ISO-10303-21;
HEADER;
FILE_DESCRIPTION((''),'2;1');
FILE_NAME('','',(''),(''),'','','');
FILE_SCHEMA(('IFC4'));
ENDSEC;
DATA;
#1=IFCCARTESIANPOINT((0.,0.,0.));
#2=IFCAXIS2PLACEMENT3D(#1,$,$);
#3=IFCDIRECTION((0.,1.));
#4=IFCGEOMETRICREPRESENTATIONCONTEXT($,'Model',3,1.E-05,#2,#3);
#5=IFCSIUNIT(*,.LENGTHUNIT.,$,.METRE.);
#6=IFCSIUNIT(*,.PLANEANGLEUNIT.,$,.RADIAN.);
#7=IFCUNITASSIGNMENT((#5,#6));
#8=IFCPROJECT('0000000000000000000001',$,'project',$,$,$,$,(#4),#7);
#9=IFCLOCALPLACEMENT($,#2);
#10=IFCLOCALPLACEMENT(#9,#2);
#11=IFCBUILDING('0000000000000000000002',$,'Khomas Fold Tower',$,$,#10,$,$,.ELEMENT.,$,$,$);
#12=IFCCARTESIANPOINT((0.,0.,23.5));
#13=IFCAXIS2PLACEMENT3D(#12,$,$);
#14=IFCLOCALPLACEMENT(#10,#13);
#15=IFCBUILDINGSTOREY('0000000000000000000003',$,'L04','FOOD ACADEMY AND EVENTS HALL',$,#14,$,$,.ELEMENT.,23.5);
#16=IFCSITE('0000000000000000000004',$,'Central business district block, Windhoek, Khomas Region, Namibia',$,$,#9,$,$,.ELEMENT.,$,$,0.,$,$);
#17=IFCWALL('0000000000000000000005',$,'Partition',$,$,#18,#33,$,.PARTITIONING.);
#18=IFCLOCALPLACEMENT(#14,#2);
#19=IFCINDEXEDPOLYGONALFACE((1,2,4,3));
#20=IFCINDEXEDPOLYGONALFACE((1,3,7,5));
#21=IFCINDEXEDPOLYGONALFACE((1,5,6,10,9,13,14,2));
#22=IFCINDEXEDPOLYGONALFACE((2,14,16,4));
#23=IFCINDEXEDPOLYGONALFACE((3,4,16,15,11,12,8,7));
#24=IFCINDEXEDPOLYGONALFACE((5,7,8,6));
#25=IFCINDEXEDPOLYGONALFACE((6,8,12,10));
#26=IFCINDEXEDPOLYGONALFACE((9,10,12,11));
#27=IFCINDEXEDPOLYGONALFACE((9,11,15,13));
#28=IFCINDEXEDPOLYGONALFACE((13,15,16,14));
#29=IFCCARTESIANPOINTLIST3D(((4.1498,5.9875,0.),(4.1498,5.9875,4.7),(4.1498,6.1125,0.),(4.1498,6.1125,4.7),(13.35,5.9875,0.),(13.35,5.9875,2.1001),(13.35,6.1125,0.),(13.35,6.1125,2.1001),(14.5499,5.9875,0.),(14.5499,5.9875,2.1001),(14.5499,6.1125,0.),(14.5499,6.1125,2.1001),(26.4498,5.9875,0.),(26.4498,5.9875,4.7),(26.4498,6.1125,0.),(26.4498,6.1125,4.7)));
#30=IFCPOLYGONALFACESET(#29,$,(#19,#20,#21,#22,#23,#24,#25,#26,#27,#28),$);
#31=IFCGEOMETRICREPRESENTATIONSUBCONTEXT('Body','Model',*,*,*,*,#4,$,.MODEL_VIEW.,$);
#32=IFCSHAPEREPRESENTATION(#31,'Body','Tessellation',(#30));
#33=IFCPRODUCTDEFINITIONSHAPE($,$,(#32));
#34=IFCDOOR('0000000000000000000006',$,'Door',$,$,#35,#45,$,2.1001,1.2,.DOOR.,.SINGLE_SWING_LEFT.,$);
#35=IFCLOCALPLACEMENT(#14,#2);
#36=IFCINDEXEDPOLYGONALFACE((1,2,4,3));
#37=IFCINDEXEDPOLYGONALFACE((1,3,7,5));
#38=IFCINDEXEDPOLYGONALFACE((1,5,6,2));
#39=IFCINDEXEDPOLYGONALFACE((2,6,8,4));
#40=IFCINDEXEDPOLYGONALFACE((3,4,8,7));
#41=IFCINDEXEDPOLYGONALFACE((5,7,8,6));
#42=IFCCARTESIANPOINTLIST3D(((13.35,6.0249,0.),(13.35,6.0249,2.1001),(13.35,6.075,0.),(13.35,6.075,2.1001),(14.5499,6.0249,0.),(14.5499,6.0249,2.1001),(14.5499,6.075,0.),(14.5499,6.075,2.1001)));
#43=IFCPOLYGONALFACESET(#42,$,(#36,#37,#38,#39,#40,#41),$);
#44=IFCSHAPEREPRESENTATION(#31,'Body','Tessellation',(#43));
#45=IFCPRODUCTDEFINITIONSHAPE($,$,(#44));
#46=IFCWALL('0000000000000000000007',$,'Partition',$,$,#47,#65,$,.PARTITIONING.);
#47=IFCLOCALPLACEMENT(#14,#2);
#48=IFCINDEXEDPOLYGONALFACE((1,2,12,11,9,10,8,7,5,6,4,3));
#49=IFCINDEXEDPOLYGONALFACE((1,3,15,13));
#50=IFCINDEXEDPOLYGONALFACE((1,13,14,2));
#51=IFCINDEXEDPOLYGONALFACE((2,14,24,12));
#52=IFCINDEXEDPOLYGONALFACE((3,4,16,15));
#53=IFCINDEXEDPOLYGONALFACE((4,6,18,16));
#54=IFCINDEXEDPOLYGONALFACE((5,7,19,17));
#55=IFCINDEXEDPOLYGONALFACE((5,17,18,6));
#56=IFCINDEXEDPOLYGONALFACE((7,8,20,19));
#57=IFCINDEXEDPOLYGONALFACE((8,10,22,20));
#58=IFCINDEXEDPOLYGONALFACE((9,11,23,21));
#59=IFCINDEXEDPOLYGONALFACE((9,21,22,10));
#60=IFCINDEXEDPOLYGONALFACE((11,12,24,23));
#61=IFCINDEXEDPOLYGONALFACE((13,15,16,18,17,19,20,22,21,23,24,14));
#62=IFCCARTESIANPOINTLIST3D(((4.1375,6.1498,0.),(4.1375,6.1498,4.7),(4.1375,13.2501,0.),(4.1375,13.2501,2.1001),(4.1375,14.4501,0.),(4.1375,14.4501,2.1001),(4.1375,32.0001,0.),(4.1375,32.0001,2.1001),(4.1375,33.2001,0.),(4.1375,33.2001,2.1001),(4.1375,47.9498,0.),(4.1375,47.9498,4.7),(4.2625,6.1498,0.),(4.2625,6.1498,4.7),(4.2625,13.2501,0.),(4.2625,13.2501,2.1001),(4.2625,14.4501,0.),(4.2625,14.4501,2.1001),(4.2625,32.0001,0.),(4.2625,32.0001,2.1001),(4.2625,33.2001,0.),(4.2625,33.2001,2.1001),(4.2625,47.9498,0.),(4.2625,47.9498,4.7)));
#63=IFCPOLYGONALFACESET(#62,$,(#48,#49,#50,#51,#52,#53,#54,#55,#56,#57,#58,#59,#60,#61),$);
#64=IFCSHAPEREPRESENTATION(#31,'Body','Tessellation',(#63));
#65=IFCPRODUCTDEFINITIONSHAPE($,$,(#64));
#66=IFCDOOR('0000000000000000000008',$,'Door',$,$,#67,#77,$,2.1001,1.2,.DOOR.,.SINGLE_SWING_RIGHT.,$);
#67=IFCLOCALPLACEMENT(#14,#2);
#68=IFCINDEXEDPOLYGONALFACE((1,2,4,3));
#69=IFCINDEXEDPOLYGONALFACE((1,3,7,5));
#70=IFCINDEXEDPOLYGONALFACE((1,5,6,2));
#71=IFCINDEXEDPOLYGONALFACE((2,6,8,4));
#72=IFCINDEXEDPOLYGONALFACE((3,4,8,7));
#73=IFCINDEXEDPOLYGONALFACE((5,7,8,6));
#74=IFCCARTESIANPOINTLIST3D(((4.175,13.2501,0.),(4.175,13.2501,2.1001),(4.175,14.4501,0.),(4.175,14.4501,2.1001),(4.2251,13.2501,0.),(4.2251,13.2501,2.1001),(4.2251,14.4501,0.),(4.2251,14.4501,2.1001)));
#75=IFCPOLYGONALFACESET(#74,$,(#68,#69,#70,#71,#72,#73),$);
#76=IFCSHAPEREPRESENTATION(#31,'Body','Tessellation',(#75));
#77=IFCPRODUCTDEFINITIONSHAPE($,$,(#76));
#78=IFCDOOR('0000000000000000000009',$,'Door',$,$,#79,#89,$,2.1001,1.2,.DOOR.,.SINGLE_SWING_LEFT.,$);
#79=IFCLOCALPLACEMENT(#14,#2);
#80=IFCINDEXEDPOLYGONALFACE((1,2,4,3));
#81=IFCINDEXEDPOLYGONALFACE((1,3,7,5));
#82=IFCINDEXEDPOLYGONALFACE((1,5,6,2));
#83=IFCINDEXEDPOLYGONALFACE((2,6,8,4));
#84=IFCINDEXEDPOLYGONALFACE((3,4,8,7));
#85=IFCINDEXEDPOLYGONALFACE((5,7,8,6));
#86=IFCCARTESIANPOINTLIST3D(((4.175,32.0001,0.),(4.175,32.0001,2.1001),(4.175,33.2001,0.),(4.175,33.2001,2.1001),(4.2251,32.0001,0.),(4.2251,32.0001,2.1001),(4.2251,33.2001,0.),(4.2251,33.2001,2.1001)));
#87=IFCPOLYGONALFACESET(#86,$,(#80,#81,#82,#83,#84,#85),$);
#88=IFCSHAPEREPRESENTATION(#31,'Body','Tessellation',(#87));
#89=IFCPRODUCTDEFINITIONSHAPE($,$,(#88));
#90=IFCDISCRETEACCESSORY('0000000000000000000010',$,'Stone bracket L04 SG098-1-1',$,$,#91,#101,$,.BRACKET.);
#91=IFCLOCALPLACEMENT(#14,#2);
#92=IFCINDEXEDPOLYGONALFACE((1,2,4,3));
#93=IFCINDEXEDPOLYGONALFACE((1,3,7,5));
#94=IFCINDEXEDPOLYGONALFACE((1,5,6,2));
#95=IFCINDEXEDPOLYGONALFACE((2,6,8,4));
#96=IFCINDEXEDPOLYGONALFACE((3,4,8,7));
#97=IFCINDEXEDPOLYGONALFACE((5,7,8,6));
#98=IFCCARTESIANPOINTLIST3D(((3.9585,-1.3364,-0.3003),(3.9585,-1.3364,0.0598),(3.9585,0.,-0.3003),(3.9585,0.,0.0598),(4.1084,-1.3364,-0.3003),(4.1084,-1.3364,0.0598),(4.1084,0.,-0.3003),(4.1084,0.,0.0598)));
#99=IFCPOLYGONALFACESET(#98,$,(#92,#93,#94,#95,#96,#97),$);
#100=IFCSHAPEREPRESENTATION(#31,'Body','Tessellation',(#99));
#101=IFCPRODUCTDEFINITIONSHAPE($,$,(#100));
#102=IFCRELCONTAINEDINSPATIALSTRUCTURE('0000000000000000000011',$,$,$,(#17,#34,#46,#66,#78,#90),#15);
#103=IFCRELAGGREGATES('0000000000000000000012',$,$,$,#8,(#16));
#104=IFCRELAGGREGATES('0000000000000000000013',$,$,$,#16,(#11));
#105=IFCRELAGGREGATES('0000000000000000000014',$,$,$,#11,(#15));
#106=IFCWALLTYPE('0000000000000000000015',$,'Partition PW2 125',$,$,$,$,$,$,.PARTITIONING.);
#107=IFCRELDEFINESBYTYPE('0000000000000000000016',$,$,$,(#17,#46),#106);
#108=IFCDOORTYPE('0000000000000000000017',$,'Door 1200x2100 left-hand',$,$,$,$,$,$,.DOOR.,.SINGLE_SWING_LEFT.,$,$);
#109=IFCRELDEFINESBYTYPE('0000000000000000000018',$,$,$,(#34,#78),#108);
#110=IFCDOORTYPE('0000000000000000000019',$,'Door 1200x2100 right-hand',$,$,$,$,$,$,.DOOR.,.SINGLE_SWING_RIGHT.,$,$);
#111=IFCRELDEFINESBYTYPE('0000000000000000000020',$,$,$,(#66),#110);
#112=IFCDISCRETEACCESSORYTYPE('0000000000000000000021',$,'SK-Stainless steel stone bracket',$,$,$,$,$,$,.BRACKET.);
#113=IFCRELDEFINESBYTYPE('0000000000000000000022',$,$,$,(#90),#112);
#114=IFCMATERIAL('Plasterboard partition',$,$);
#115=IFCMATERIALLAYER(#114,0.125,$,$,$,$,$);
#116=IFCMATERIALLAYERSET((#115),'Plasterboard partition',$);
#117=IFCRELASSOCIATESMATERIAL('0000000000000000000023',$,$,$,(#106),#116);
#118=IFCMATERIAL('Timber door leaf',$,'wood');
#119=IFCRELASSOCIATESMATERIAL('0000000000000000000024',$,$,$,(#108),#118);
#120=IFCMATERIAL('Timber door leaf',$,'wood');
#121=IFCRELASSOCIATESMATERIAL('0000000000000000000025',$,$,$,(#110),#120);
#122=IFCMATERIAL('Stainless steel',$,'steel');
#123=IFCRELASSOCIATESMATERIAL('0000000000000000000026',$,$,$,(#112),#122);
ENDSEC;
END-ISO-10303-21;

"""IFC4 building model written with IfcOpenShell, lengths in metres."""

from ifc_helpers import new_model, si_unit, direction, frame, frame_2d, origin, origin_2d, place, context, subcontext, project, spatial, rectangle, extrude, source, transform, mapped, material, layer, layer_set, type_object, element, fill, save


model = new_model("IFC4")

# Units and contexts
model_context = context("Model", 3, precision=1e-05, world=origin(), true_north=direction((0.0, 1.0)))
body_context = subcontext(model_context, "Body", "Model", "MODEL_VIEW")
ifc_project = project(units=[si_unit("LENGTHUNIT", "METRE"), si_unit("PLANEANGLEUNIT", "RADIAN")], contexts=[model_context])

# Site, building, storey
site_placement = place(None, origin())
site = spatial("IfcSite", under=ifc_project, at=site_placement, Name="Central business district block, Windhoek, Khomas Region, Namibia", CompositionType="ELEMENT", RefElevation=0.0)
building_placement = place(site_placement, origin())
building = spatial("IfcBuilding", under=site, at=building_placement, Name="Khomas Fold Tower", CompositionType="ELEMENT")
storey_placement = place(building_placement, frame((0.0, 0.0, 23.5)))
storey = spatial("IfcBuildingStorey", under=building, at=storey_placement, Name="L04", Description="FOOD ACADEMY AND EVENTS HALL", CompositionType="ELEMENT", Elevation=23.5)

# Wall, opening, door
ifc_material_1 = material(Name="Plasterboard partition")
ifc_layer_1 = layer(ifc_material_1, 0.125)
ifc_layer_set_1 = layer_set([ifc_layer_1], Name="Plasterboard partition")
wall_type_1 = type_object("IfcWallType", Name="Partition PW2 125", PredefinedType="PARTITIONING", material=ifc_layer_set_1)
shared_shape_1 = source(origin(), body_context, "Body", "SweptSolid", [
    extrude(rectangle(XDim=22.3, YDim=0.125, at=frame_2d((11.1499, 0.0))), origin(), (0.0, 0.0, 1.0), 4.7),
])
wall_1_placement = place(storey_placement, frame((4.1499, 6.05, 0.0), z_axis=(0.0, 0.0, 1.0), x_axis=(1.0, 0.0, 0.0)))
wall_1 = element("IfcWall", 1, at=wall_1_placement, inside=storey, type_object=wall_type_1, Name="Partition", PredefinedType="PARTITIONING", context=body_context, shape_type="MappedRepresentation", body=[
    mapped(shared_shape_1, transform((0.0, 0.0, 0.0))),
])
shared_shape_2 = source(origin(), body_context, "Body", "SweptSolid", [
    extrude(rectangle(XDim=1.2, YDim=2.1001, at=frame_2d((0.6001, 1.05))), frame((0.0, 0.0725, 0.0), z_axis=(0.0, -1.0, 0.0), x_axis=(1.0, 0.0, 0.0)), (0.0, 0.0, 1.0), 0.145),
])
opening_1_placement = place(wall_1_placement, frame((9.2, 0.0, 0.0)))
opening_1 = element("IfcOpeningElement", 2, at=opening_1_placement, cuts=wall_1, PredefinedType="OPENING", context=body_context, shape_type="MappedRepresentation", body=[
    mapped(shared_shape_2, transform((0.0, 0.0, 0.0))),
])
ifc_material_2 = material(Name="Timber door leaf", Category="wood")
door_type_1 = type_object("IfcDoorType", Name="Door 1200x2100 left-hand", OperationType="SINGLE_SWING_LEFT", PredefinedType="DOOR", material=ifc_material_2)
shared_shape_3 = source(origin(), body_context, "Body", "SweptSolid", [
    extrude(rectangle(XDim=1.2, YDim=2.1001, at=frame_2d((0.6001, 1.05))), frame((0.0, 0.0249, 0.0), z_axis=(0.0, -1.0, 0.0), x_axis=(1.0, 0.0, 0.0)), (0.0, 0.0, 1.0), 0.05),
])
door_1_placement = place(opening_1_placement, origin())
door_1 = element("IfcDoor", 3, at=door_1_placement, inside=storey, type_object=door_type_1, Name="Door", OperationType="SINGLE_SWING_LEFT", OverallHeight=2.1001, OverallWidth=1.2, PredefinedType="DOOR", context=body_context, shape_type="MappedRepresentation", body=[
    mapped(shared_shape_3, transform((0.0, 0.0, 0.0))),
])
fill(opening_1, door_1)

# Wall, openings, doors
shared_shape_4 = source(origin(), body_context, "Body", "SweptSolid", [
    extrude(rectangle(XDim=41.8, YDim=0.125, at=frame_2d((20.8999, 0.0))), origin(), (0.0, 0.0, 1.0), 4.7),
])
wall_2_placement = place(storey_placement, frame((4.2, 6.1499, 0.0), z_axis=(0.0, 0.0, 1.0), x_axis=(0.0, 1.0, 0.0)))
wall_2 = element("IfcWall", 4, at=wall_2_placement, inside=storey, type_object=wall_type_1, Name="Partition", PredefinedType="PARTITIONING", context=body_context, shape_type="MappedRepresentation", body=[
    mapped(shared_shape_4, transform((0.0, 0.0, 0.0))),
])
opening_2_placement = place(wall_2_placement, frame((7.1001, 0.0, 0.0)))
opening_2 = element("IfcOpeningElement", 5, at=opening_2_placement, cuts=wall_2, PredefinedType="OPENING", context=body_context, shape_type="MappedRepresentation", body=[
    mapped(shared_shape_2, transform((0.0, 0.0, 0.0))),
])
opening_3_placement = place(wall_2_placement, frame((25.8501, 0.0, 0.0)))
opening_3 = element("IfcOpeningElement", 6, at=opening_3_placement, cuts=wall_2, PredefinedType="OPENING", context=body_context, shape_type="MappedRepresentation", body=[
    mapped(shared_shape_2, transform((0.0, 0.0, 0.0))),
])
ifc_material_3 = material(Name="Timber door leaf", Category="wood")
door_type_2 = type_object("IfcDoorType", Name="Door 1200x2100 right-hand", OperationType="SINGLE_SWING_RIGHT", PredefinedType="DOOR", material=ifc_material_3)
door_2_placement = place(opening_2_placement, origin())
door_2 = element("IfcDoor", 7, at=door_2_placement, inside=storey, type_object=door_type_2, Name="Door", OperationType="SINGLE_SWING_RIGHT", OverallHeight=2.1001, OverallWidth=1.2, PredefinedType="DOOR", context=body_context, shape_type="MappedRepresentation", body=[
    mapped(shared_shape_3, transform((0.0, 0.0, 0.0))),
])
fill(opening_2, door_2)
door_3_placement = place(opening_3_placement, origin())
door_3 = element("IfcDoor", 8, at=door_3_placement, inside=storey, type_object=door_type_1, Name="Door", OperationType="SINGLE_SWING_LEFT", OverallHeight=2.1001, OverallWidth=1.2, PredefinedType="DOOR", context=body_context, shape_type="MappedRepresentation", body=[
    mapped(shared_shape_3, transform((0.0, 0.0, 0.0))),
])
fill(opening_3, door_3)

# Discrete accessory
ifc_material_4 = material(Name="Stainless steel", Category="steel")
discrete_accessory_type = type_object("IfcDiscreteAccessoryType", Name="SK-Stainless steel stone bracket", PredefinedType="BRACKET", material=ifc_material_4)
shared_shape_5 = source(origin(), body_context, "Body", "SweptSolid", [
    extrude(rectangle(XDim=1.3364, YDim=0.1499, at=origin_2d()), origin(), (0.0, 0.0, 1.0), 0.3601),
])
discrete_accessory_placement = place(storey_placement, frame((4.0334, -0.6682, -0.3003), z_axis=(0.0, 0.0, 1.0), x_axis=(0.0, -1.0, 0.0)))
element("IfcDiscreteAccessory", 9, at=discrete_accessory_placement, inside=storey, type_object=discrete_accessory_type, Name="Stone bracket L04 SG098-1-1", PredefinedType="BRACKET", context=body_context, shape_type="MappedRepresentation", body=[
    mapped(shared_shape_5, transform((0.0, 0.0, 0.0))),
])

save(model, "model.ifc")
